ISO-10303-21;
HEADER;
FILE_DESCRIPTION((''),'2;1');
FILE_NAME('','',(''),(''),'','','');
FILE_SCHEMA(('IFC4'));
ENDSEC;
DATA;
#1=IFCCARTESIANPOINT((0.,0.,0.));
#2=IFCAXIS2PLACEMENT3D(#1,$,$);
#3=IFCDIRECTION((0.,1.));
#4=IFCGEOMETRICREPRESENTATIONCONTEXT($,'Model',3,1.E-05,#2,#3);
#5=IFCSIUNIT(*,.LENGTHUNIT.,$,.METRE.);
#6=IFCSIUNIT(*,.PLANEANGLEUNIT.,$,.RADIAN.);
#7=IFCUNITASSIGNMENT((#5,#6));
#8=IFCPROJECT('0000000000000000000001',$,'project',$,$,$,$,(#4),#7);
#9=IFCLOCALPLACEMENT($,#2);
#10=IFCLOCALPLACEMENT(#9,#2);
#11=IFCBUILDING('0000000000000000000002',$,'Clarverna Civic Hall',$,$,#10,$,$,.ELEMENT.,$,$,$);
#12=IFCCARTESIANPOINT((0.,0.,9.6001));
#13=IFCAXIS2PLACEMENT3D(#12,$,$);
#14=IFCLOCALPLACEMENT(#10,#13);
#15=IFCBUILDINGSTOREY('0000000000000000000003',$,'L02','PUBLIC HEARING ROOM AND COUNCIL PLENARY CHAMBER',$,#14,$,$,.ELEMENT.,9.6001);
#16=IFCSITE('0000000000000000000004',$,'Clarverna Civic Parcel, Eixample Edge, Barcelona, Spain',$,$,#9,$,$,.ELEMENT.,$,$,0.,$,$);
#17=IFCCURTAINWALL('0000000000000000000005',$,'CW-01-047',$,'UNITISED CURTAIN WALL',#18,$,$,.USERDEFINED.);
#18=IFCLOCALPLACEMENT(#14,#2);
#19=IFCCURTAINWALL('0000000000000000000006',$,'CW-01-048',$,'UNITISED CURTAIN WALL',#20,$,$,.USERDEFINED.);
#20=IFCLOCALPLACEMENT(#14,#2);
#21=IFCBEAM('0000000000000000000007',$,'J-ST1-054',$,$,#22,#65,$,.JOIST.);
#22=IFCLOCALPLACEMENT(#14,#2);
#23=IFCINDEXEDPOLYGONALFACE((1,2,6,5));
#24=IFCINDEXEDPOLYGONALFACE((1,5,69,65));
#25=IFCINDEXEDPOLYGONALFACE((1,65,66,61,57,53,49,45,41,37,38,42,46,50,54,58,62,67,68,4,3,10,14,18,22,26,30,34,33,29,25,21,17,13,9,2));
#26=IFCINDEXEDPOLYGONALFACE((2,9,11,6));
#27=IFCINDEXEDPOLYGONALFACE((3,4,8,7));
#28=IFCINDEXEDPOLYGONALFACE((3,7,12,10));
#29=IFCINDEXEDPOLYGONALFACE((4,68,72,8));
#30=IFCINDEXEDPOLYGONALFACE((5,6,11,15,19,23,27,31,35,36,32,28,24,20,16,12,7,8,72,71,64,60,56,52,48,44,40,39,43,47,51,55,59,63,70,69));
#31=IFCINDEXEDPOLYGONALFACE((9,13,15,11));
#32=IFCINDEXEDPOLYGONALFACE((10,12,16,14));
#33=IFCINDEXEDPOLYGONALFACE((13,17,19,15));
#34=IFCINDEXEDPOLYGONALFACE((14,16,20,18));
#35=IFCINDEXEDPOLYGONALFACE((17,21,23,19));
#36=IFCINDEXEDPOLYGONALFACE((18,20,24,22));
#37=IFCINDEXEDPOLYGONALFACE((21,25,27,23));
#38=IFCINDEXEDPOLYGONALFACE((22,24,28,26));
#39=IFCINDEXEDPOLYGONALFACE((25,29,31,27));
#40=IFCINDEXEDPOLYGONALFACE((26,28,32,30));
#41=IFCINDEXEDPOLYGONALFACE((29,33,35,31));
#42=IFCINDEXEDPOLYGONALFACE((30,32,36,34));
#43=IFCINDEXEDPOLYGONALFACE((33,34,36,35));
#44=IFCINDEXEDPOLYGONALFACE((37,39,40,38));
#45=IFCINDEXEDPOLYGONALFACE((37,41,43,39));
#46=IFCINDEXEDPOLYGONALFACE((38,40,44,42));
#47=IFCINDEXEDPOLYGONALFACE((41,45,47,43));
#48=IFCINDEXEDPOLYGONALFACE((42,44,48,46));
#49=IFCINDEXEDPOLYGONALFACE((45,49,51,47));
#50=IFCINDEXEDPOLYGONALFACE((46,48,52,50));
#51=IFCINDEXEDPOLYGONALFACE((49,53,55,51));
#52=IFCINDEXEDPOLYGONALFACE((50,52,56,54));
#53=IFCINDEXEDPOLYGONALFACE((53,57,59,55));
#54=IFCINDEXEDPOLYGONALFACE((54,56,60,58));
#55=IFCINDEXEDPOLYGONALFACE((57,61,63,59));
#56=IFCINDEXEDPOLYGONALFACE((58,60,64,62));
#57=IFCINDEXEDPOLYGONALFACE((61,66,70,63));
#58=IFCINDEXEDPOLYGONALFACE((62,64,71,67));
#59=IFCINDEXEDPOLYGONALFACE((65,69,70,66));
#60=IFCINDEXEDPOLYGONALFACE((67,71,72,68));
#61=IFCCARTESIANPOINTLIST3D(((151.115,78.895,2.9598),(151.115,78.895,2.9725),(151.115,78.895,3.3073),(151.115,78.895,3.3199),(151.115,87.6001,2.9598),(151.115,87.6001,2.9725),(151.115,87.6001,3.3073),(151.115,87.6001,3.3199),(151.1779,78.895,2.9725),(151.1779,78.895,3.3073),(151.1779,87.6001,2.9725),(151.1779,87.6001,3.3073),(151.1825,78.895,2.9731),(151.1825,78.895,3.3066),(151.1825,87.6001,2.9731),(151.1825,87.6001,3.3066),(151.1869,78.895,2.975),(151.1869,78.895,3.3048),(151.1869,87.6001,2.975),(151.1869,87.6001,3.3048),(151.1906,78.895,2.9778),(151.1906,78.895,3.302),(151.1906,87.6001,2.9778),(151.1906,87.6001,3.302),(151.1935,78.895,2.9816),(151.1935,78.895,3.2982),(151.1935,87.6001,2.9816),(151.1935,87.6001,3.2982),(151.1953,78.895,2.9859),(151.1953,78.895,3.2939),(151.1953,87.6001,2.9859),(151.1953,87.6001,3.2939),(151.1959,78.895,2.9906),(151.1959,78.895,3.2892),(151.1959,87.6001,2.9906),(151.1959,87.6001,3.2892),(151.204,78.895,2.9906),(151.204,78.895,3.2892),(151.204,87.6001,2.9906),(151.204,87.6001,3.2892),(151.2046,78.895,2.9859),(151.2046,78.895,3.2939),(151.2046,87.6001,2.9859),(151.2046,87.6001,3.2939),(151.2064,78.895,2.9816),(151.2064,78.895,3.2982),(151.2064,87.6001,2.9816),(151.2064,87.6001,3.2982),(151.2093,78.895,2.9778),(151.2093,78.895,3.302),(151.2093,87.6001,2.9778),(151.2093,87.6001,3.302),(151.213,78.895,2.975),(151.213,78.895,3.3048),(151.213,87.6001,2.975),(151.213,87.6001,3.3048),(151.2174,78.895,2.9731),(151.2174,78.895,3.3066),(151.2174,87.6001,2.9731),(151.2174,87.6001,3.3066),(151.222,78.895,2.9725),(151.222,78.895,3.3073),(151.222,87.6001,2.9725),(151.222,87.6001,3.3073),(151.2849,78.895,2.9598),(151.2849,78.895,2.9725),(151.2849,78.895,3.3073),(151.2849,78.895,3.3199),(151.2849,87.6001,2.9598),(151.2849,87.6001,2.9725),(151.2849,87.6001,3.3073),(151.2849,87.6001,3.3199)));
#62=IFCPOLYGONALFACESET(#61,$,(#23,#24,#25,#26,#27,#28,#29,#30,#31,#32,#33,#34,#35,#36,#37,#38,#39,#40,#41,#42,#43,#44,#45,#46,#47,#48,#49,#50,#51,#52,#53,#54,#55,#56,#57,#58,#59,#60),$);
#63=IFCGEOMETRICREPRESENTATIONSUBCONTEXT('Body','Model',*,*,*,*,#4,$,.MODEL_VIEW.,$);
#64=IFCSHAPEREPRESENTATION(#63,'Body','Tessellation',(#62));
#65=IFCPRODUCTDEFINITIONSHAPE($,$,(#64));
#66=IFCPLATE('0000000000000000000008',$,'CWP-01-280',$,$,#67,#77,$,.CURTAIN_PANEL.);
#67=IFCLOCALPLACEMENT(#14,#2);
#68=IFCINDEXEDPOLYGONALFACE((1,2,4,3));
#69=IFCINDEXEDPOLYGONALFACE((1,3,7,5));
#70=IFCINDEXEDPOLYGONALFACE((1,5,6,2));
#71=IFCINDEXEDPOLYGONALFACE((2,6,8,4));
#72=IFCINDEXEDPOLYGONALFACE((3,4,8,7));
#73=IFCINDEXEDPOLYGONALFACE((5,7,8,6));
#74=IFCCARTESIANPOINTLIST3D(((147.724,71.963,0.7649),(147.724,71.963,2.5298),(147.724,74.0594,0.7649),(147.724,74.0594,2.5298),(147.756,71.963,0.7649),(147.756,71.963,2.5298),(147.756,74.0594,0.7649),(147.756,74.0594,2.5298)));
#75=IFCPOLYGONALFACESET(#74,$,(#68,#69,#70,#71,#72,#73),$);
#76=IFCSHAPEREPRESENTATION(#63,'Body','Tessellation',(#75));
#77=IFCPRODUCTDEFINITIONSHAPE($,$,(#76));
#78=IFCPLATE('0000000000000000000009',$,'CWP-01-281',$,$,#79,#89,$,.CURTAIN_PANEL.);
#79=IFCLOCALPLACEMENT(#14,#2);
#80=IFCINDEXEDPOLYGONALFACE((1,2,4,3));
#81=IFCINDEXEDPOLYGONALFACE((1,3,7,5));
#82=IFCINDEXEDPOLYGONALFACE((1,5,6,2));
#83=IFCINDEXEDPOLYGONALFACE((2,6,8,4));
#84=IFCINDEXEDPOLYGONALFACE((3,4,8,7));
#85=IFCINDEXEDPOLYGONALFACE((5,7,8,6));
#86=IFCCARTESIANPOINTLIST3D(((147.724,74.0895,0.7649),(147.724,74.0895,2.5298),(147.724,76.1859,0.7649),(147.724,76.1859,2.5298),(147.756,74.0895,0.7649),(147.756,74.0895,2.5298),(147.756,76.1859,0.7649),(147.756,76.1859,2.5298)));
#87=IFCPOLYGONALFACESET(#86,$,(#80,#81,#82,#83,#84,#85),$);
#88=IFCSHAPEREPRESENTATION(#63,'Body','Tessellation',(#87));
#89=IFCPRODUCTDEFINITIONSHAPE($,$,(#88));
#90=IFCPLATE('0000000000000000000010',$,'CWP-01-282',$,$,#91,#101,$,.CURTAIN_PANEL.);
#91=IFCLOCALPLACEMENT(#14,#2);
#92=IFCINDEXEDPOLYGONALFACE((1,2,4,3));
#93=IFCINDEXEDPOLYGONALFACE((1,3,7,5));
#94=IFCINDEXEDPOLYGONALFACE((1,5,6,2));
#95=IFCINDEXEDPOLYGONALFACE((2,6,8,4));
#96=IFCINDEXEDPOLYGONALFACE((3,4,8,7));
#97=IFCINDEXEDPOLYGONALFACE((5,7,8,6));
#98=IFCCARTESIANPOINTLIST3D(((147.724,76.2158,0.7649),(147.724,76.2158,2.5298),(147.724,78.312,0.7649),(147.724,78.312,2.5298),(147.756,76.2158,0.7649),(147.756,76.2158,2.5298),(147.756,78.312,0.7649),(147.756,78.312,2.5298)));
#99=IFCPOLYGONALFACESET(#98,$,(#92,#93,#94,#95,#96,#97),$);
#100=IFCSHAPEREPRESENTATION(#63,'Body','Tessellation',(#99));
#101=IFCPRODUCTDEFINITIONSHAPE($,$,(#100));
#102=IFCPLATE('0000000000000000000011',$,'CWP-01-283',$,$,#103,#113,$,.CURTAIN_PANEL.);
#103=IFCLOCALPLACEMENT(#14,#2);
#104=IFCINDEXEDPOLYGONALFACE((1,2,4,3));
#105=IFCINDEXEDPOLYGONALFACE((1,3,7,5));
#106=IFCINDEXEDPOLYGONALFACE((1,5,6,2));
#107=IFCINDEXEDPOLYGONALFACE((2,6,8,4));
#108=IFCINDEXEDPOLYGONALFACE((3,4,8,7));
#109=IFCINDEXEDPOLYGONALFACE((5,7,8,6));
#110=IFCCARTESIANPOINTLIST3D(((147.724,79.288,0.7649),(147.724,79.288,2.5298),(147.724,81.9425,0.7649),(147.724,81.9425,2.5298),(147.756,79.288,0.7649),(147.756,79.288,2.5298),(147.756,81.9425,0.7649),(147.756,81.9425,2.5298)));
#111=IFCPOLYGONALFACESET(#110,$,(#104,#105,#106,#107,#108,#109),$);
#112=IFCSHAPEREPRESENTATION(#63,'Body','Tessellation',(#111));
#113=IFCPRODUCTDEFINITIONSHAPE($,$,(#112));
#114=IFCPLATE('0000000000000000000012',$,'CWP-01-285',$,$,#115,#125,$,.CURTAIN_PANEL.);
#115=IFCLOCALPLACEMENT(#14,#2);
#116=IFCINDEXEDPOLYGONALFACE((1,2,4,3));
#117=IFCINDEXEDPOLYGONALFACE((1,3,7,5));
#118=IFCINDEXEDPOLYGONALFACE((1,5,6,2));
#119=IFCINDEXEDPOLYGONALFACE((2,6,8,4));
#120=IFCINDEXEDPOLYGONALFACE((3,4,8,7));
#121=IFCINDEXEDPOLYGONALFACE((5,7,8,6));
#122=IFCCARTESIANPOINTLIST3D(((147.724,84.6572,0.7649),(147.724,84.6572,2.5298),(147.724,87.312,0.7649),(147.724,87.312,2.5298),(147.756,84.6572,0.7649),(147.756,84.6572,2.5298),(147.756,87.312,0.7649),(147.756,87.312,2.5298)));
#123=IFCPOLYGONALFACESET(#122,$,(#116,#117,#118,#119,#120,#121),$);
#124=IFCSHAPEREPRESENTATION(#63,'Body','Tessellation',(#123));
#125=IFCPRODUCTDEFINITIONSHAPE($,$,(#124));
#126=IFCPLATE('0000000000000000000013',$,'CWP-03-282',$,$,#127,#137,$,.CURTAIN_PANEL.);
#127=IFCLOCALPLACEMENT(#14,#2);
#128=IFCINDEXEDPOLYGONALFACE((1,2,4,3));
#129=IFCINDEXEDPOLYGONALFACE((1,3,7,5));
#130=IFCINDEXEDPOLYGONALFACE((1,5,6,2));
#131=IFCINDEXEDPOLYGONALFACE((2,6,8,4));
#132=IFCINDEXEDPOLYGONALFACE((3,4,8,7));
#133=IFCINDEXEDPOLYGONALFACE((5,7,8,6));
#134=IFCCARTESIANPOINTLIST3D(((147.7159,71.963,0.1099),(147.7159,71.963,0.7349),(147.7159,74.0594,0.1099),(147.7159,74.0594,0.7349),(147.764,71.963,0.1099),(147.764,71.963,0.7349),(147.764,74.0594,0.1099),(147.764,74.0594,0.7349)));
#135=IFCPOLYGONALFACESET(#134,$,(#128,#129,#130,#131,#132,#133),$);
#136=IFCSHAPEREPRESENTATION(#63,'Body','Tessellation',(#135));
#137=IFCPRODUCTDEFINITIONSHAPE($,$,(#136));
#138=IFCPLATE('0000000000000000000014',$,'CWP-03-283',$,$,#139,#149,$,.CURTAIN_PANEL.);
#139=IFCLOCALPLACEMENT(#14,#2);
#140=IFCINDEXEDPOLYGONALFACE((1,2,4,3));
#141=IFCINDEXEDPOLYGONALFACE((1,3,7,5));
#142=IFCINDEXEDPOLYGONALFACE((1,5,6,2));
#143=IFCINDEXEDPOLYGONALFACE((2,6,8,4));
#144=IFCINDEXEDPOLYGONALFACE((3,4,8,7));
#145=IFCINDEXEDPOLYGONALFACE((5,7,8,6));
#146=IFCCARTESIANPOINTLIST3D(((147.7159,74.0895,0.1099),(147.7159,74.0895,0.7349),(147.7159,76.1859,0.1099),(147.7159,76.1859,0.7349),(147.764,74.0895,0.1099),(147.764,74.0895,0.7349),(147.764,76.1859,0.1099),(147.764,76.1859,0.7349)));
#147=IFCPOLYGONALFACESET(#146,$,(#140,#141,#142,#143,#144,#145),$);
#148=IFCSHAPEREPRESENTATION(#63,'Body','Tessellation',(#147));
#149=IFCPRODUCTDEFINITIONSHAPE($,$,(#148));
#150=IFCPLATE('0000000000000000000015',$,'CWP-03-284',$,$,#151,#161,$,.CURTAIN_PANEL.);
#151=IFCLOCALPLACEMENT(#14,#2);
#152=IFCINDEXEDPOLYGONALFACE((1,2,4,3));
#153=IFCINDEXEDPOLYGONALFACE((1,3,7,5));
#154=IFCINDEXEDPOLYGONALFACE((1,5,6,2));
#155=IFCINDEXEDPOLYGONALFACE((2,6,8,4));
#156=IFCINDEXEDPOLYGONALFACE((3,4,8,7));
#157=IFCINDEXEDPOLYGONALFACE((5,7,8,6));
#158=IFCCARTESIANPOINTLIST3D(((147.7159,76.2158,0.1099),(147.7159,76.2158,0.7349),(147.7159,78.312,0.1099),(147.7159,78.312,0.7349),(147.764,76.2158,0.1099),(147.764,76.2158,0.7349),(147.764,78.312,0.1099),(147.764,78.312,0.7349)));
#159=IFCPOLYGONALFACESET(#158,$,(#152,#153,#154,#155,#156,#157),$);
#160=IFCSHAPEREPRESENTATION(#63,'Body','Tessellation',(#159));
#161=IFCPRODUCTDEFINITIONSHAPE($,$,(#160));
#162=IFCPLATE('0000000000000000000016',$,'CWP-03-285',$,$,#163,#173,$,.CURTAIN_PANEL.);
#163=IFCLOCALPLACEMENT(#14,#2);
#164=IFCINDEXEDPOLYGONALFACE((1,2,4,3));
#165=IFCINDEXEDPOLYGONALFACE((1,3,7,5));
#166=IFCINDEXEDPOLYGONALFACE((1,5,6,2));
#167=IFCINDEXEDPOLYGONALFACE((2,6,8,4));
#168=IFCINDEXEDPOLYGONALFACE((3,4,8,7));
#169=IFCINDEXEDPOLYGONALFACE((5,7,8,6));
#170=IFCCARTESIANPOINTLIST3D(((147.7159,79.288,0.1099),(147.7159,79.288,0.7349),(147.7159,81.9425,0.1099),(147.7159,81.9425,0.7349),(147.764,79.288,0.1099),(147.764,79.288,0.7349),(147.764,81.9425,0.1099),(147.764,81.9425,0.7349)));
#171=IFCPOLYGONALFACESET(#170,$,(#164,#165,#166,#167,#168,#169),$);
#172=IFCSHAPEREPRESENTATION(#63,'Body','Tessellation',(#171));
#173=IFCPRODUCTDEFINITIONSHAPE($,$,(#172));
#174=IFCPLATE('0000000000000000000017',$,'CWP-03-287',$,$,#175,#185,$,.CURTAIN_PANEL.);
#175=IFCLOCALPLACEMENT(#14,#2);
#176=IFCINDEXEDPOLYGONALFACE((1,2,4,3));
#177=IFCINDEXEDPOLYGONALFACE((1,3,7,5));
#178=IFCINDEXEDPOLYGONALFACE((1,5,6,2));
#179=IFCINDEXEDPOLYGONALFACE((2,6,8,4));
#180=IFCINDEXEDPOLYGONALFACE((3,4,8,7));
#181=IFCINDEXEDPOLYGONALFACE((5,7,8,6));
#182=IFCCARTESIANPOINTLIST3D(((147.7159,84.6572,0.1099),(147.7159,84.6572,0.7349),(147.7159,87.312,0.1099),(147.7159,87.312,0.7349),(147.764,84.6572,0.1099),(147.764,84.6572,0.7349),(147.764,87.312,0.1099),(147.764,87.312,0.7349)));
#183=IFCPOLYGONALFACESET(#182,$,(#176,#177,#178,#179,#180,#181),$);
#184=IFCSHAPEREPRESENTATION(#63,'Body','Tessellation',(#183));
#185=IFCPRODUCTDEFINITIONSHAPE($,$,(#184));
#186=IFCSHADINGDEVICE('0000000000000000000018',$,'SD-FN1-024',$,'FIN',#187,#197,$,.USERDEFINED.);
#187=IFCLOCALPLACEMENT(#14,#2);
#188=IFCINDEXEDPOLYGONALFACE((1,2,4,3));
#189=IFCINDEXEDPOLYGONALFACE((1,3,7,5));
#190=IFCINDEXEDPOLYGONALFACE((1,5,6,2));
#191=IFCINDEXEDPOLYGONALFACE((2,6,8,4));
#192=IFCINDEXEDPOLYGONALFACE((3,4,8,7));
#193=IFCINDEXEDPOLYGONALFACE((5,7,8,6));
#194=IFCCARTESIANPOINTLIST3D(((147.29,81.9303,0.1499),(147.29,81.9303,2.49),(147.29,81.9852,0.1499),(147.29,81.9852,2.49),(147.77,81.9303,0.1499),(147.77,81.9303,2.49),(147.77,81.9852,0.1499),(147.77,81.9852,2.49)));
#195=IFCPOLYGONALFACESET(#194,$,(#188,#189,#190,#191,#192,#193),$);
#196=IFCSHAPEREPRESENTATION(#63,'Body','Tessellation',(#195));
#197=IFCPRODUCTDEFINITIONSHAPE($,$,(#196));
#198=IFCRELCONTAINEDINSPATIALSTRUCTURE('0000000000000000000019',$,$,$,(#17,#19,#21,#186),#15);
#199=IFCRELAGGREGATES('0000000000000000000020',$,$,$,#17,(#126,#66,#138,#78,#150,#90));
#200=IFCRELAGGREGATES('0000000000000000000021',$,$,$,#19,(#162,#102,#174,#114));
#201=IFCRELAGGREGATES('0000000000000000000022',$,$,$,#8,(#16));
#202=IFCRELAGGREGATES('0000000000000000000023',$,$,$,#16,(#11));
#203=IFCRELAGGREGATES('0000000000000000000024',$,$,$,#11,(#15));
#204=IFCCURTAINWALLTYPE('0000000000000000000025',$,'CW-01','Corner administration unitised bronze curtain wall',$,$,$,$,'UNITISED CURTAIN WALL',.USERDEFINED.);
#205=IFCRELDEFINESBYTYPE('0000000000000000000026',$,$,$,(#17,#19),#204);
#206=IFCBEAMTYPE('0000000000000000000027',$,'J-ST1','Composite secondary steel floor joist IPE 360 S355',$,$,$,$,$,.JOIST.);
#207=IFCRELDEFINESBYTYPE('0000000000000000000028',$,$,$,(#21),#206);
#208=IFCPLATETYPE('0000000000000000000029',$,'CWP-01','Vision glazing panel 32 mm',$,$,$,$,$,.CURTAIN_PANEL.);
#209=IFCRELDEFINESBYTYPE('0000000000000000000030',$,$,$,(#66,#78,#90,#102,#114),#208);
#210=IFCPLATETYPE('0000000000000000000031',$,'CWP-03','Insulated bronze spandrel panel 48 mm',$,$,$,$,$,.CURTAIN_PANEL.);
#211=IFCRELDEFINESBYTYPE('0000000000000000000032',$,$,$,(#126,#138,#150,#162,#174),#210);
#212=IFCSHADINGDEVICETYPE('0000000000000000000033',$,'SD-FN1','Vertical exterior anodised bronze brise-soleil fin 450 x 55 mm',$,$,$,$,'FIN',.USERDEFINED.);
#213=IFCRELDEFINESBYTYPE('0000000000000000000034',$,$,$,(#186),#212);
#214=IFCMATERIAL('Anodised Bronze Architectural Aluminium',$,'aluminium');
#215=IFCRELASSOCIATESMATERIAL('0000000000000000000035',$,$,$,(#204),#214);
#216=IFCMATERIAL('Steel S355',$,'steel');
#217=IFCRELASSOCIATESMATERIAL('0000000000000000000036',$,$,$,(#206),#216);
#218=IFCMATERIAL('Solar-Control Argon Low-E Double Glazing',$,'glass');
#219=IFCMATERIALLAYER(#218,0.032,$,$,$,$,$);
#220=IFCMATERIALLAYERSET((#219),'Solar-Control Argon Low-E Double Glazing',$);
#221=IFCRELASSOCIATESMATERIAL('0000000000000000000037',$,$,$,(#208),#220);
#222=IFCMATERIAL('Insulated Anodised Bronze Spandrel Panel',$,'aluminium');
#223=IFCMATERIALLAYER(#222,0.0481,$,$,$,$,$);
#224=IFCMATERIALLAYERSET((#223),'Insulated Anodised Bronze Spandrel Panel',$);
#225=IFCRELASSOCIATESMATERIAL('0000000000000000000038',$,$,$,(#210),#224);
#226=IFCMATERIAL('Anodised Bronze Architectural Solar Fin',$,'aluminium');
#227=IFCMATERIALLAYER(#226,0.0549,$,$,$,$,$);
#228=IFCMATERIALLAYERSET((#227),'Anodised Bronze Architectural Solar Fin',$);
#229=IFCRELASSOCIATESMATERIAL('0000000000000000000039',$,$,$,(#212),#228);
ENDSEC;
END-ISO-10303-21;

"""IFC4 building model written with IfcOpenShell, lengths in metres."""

from ifc_helpers import new_model, si_unit, direction, frame, frame_2d, origin, origin_2d, place, context, subcontext, project, spatial, rectangle, i_section, extrude, material, layer, layer_set, material_profile, profile_set, type_object, element, aggregate, save


model = new_model("IFC4")

# Units and contexts
model_context = context("Model", 3, precision=1e-05, world=origin(), true_north=direction((0.0, 1.0)))
body_context = subcontext(model_context, "Body", "Model", "MODEL_VIEW")
ifc_project = project(units=[si_unit("LENGTHUNIT", "METRE"), si_unit("PLANEANGLEUNIT", "RADIAN")], contexts=[model_context])

# Site, building, storey
site_placement = place(None, origin())
site = spatial("IfcSite", under=ifc_project, at=site_placement, Name="Clarverna Civic Parcel, Eixample Edge, Barcelona, Spain", CompositionType="ELEMENT", RefElevation=0.0)
building_placement = place(site_placement, origin())
building = spatial("IfcBuilding", under=site, at=building_placement, Name="Clarverna Civic Hall", CompositionType="ELEMENT")
storey_placement = place(building_placement, frame((0.0, 0.0, 9.6001)))
storey = spatial("IfcBuildingStorey", under=building, at=storey_placement, Name="L02", Description="PUBLIC HEARING ROOM AND COUNCIL PLENARY CHAMBER", CompositionType="ELEMENT", Elevation=9.6001)

# Shared definitions
ifc_material_1 = material(Name="Steel S355", Category="steel")

# Curtain walls
ifc_material_2 = material(Name="Anodised Bronze Architectural Aluminium", Category="aluminium")
curtain_wall_type = type_object("IfcCurtainWallType", Name="CW-01", Description="Corner administration unitised bronze curtain wall", ElementType="UNITISED CURTAIN WALL", PredefinedType="USERDEFINED", material=ifc_material_2)
curtain_wall_1_placement = place(storey_placement, origin())
curtain_wall_1 = element("IfcCurtainWall", 1, at=curtain_wall_1_placement, inside=storey, type_object=curtain_wall_type, Name="CW-01-047", ObjectType="UNITISED CURTAIN WALL", PredefinedType="USERDEFINED")
curtain_wall_2_placement = place(storey_placement, origin())
curtain_wall_2 = element("IfcCurtainWall", 2, at=curtain_wall_2_placement, inside=storey, type_object=curtain_wall_type, Name="CW-01-048", ObjectType="UNITISED CURTAIN WALL", PredefinedType="USERDEFINED")

# Beam
ifc_material_profile_1 = material_profile(ifc_material_1, i_section(OverallWidth=0.1699, OverallDepth=0.3601, WebThickness=0.0081, FlangeThickness=0.0127, FilletRadius=0.0181, at=origin_2d()), Name="IPE 360")
ifc_profile_set_1 = profile_set([ifc_material_profile_1], Name="Steel S355")
beam_type_1 = type_object("IfcBeamType", Name="J-ST1", Description="Composite secondary steel floor joist IPE 360 S355", PredefinedType="JOIST", material=ifc_profile_set_1)
beam_1_placement = place(storey_placement, frame((151.2, 78.895, 3.1399), z_axis=(0.0, 1.0, 0.0), x_axis=(-1.0, 0.0, 0.0)))
element("IfcBeam", 3, at=beam_1_placement, inside=storey, type_object=beam_type_1, Name="J-ST1-054", PredefinedType="JOIST", context=body_context, shape_type="SweptSolid", body=[
    extrude(i_section(OverallWidth=0.1699, OverallDepth=0.3601, WebThickness=0.0081, FlangeThickness=0.0127, FilletRadius=0.0181, at=origin_2d()), origin(), (0.0, 0.0, 1.0), 8.7051),
])

# Plates
ifc_material_3 = material(Name="Solar-Control Argon Low-E Double Glazing", Category="glass")
ifc_layer_1 = layer(ifc_material_3, 0.032)
ifc_layer_set_1 = layer_set([ifc_layer_1], Name="Solar-Control Argon Low-E Double Glazing")
plate_type_1 = type_object("IfcPlateType", Name="CWP-01", Description="Vision glazing panel 32 mm", PredefinedType="CURTAIN_PANEL", material=ifc_layer_set_1)
plate_1_placement = place(storey_placement, frame((147.74, 71.9629, 0.7649), z_axis=(0.0, 0.0, 1.0), x_axis=(0.0, 1.0, 0.0)))
plate_1 = element("IfcPlate", 4, at=plate_1_placement, type_object=plate_type_1, Name="CWP-01-280", PredefinedType="CURTAIN_PANEL", context=body_context, shape_type="SweptSolid", body=[
    extrude(rectangle(XDim=2.0964, YDim=0.032, at=frame_2d((1.0483, 0.0))), origin(), (0.0, 0.0, 1.0), 1.7649),
])
plate_2_placement = place(storey_placement, frame((147.74, 74.0894, 0.7649), z_axis=(0.0, 0.0, 1.0), x_axis=(0.0, 1.0, 0.0)))
plate_2 = element("IfcPlate", 5, at=plate_2_placement, type_object=plate_type_1, Name="CWP-01-281", PredefinedType="CURTAIN_PANEL", context=body_context, shape_type="SweptSolid", body=[
    extrude(rectangle(XDim=2.0964, YDim=0.032, at=frame_2d((1.0483, 0.0))), origin(), (0.0, 0.0, 1.0), 1.7649),
])
plate_3_placement = place(storey_placement, frame((147.74, 76.2158, 0.7649), z_axis=(0.0, 0.0, 1.0), x_axis=(0.0, 1.0, 0.0)))
plate_3 = element("IfcPlate", 6, at=plate_3_placement, type_object=plate_type_1, Name="CWP-01-282", PredefinedType="CURTAIN_PANEL", context=body_context, shape_type="SweptSolid", body=[
    extrude(rectangle(XDim=2.0962, YDim=0.032, at=frame_2d((1.0481, 0.0))), origin(), (0.0, 0.0, 1.0), 1.7649),
])
plate_4_placement = place(storey_placement, frame((147.74, 79.2881, 0.7649), z_axis=(0.0, 0.0, 1.0), x_axis=(0.0, 1.0, 0.0)))
plate_4 = element("IfcPlate", 7, at=plate_4_placement, type_object=plate_type_1, Name="CWP-01-283", PredefinedType="CURTAIN_PANEL", context=body_context, shape_type="SweptSolid", body=[
    extrude(rectangle(XDim=2.6545, YDim=0.032, at=frame_2d((1.3271, 0.0))), origin(), (0.0, 0.0, 1.0), 1.7649),
])
plate_5_placement = place(storey_placement, frame((147.74, 84.6572, 0.7649), z_axis=(0.0, 0.0, 1.0), x_axis=(0.0, 1.0, 0.0)))
plate_5 = element("IfcPlate", 8, at=plate_5_placement, type_object=plate_type_1, Name="CWP-01-285", PredefinedType="CURTAIN_PANEL", context=body_context, shape_type="SweptSolid", body=[
    extrude(rectangle(XDim=2.6548, YDim=0.032, at=frame_2d((1.3274, 0.0))), origin(), (0.0, 0.0, 1.0), 1.7649),
])
ifc_material_4 = material(Name="Insulated Anodised Bronze Spandrel Panel", Category="aluminium")
ifc_layer_2 = layer(ifc_material_4, 0.0481)
ifc_layer_set_2 = layer_set([ifc_layer_2], Name="Insulated Anodised Bronze Spandrel Panel")
plate_type_2 = type_object("IfcPlateType", Name="CWP-03", Description="Insulated bronze spandrel panel 48 mm", PredefinedType="CURTAIN_PANEL", material=ifc_layer_set_2)
plate_6_placement = place(storey_placement, frame((147.74, 71.9629, 0.1099), z_axis=(0.0, 0.0, 1.0), x_axis=(0.0, 1.0, 0.0)))
plate_6 = element("IfcPlate", 9, at=plate_6_placement, type_object=plate_type_2, Name="CWP-03-282", PredefinedType="CURTAIN_PANEL", context=body_context, shape_type="SweptSolid", body=[
    extrude(rectangle(XDim=2.0964, YDim=0.0481, at=frame_2d((1.0483, 0.0))), origin(), (0.0, 0.0, 1.0), 0.625),
])
plate_7_placement = place(storey_placement, frame((147.74, 74.0894, 0.1099), z_axis=(0.0, 0.0, 1.0), x_axis=(0.0, 1.0, 0.0)))
plate_7 = element("IfcPlate", 10, at=plate_7_placement, type_object=plate_type_2, Name="CWP-03-283", PredefinedType="CURTAIN_PANEL", context=body_context, shape_type="SweptSolid", body=[
    extrude(rectangle(XDim=2.0964, YDim=0.0481, at=frame_2d((1.0483, 0.0))), origin(), (0.0, 0.0, 1.0), 0.625),
])
plate_8_placement = place(storey_placement, frame((147.74, 76.2158, 0.1099), z_axis=(0.0, 0.0, 1.0), x_axis=(0.0, 1.0, 0.0)))
plate_8 = element("IfcPlate", 11, at=plate_8_placement, type_object=plate_type_2, Name="CWP-03-284", PredefinedType="CURTAIN_PANEL", context=body_context, shape_type="SweptSolid", body=[
    extrude(rectangle(XDim=2.0962, YDim=0.0481, at=frame_2d((1.0481, 0.0))), origin(), (0.0, 0.0, 1.0), 0.625),
])
aggregate(curtain_wall_1, [plate_6, plate_1, plate_7, plate_2, plate_8, plate_3])
plate_9_placement = place(storey_placement, frame((147.74, 79.2881, 0.1099), z_axis=(0.0, 0.0, 1.0), x_axis=(0.0, 1.0, 0.0)))
plate_9 = element("IfcPlate", 12, at=plate_9_placement, type_object=plate_type_2, Name="CWP-03-285", PredefinedType="CURTAIN_PANEL", context=body_context, shape_type="SweptSolid", body=[
    extrude(rectangle(XDim=2.6545, YDim=0.0481, at=frame_2d((1.3271, 0.0))), origin(), (0.0, 0.0, 1.0), 0.625),
])
plate_10_placement = place(storey_placement, frame((147.74, 84.6572, 0.1099), z_axis=(0.0, 0.0, 1.0), x_axis=(0.0, 1.0, 0.0)))
plate_10 = element("IfcPlate", 13, at=plate_10_placement, type_object=plate_type_2, Name="CWP-03-287", PredefinedType="CURTAIN_PANEL", context=body_context, shape_type="SweptSolid", body=[
    extrude(rectangle(XDim=2.6548, YDim=0.0481, at=frame_2d((1.3274, 0.0))), origin(), (0.0, 0.0, 1.0), 0.625),
])
aggregate(curtain_wall_2, [plate_9, plate_4, plate_10, plate_5])

# Shading device
ifc_material_5 = material(Name="Anodised Bronze Architectural Solar Fin", Category="aluminium")
ifc_layer_3 = layer(ifc_material_5, 0.0549)
ifc_layer_set_3 = layer_set([ifc_layer_3], Name="Anodised Bronze Architectural Solar Fin")
shading_device_type = type_object("IfcShadingDeviceType", Name="SD-FN1", Description="Vertical exterior anodised bronze brise-soleil fin 450 x 55 mm", ElementType="FIN", PredefinedType="USERDEFINED", material=ifc_layer_set_3)
shading_device_placement = place(storey_placement, frame((147.77, 81.9578, 0.1499), z_axis=(0.0, 0.0, 1.0), x_axis=(-1.0, 0.0, 0.0)))
element("IfcShadingDevice", 14, at=shading_device_placement, inside=storey, type_object=shading_device_type, Name="SD-FN1-024", ObjectType="FIN", PredefinedType="USERDEFINED", context=body_context, shape_type="SweptSolid", body=[
    extrude(rectangle(XDim=0.48, YDim=0.0549, at=frame_2d((0.24, 0.0))), origin(), (0.0, 0.0, 1.0), 2.3401),
])

save(model, "model.ifc")
